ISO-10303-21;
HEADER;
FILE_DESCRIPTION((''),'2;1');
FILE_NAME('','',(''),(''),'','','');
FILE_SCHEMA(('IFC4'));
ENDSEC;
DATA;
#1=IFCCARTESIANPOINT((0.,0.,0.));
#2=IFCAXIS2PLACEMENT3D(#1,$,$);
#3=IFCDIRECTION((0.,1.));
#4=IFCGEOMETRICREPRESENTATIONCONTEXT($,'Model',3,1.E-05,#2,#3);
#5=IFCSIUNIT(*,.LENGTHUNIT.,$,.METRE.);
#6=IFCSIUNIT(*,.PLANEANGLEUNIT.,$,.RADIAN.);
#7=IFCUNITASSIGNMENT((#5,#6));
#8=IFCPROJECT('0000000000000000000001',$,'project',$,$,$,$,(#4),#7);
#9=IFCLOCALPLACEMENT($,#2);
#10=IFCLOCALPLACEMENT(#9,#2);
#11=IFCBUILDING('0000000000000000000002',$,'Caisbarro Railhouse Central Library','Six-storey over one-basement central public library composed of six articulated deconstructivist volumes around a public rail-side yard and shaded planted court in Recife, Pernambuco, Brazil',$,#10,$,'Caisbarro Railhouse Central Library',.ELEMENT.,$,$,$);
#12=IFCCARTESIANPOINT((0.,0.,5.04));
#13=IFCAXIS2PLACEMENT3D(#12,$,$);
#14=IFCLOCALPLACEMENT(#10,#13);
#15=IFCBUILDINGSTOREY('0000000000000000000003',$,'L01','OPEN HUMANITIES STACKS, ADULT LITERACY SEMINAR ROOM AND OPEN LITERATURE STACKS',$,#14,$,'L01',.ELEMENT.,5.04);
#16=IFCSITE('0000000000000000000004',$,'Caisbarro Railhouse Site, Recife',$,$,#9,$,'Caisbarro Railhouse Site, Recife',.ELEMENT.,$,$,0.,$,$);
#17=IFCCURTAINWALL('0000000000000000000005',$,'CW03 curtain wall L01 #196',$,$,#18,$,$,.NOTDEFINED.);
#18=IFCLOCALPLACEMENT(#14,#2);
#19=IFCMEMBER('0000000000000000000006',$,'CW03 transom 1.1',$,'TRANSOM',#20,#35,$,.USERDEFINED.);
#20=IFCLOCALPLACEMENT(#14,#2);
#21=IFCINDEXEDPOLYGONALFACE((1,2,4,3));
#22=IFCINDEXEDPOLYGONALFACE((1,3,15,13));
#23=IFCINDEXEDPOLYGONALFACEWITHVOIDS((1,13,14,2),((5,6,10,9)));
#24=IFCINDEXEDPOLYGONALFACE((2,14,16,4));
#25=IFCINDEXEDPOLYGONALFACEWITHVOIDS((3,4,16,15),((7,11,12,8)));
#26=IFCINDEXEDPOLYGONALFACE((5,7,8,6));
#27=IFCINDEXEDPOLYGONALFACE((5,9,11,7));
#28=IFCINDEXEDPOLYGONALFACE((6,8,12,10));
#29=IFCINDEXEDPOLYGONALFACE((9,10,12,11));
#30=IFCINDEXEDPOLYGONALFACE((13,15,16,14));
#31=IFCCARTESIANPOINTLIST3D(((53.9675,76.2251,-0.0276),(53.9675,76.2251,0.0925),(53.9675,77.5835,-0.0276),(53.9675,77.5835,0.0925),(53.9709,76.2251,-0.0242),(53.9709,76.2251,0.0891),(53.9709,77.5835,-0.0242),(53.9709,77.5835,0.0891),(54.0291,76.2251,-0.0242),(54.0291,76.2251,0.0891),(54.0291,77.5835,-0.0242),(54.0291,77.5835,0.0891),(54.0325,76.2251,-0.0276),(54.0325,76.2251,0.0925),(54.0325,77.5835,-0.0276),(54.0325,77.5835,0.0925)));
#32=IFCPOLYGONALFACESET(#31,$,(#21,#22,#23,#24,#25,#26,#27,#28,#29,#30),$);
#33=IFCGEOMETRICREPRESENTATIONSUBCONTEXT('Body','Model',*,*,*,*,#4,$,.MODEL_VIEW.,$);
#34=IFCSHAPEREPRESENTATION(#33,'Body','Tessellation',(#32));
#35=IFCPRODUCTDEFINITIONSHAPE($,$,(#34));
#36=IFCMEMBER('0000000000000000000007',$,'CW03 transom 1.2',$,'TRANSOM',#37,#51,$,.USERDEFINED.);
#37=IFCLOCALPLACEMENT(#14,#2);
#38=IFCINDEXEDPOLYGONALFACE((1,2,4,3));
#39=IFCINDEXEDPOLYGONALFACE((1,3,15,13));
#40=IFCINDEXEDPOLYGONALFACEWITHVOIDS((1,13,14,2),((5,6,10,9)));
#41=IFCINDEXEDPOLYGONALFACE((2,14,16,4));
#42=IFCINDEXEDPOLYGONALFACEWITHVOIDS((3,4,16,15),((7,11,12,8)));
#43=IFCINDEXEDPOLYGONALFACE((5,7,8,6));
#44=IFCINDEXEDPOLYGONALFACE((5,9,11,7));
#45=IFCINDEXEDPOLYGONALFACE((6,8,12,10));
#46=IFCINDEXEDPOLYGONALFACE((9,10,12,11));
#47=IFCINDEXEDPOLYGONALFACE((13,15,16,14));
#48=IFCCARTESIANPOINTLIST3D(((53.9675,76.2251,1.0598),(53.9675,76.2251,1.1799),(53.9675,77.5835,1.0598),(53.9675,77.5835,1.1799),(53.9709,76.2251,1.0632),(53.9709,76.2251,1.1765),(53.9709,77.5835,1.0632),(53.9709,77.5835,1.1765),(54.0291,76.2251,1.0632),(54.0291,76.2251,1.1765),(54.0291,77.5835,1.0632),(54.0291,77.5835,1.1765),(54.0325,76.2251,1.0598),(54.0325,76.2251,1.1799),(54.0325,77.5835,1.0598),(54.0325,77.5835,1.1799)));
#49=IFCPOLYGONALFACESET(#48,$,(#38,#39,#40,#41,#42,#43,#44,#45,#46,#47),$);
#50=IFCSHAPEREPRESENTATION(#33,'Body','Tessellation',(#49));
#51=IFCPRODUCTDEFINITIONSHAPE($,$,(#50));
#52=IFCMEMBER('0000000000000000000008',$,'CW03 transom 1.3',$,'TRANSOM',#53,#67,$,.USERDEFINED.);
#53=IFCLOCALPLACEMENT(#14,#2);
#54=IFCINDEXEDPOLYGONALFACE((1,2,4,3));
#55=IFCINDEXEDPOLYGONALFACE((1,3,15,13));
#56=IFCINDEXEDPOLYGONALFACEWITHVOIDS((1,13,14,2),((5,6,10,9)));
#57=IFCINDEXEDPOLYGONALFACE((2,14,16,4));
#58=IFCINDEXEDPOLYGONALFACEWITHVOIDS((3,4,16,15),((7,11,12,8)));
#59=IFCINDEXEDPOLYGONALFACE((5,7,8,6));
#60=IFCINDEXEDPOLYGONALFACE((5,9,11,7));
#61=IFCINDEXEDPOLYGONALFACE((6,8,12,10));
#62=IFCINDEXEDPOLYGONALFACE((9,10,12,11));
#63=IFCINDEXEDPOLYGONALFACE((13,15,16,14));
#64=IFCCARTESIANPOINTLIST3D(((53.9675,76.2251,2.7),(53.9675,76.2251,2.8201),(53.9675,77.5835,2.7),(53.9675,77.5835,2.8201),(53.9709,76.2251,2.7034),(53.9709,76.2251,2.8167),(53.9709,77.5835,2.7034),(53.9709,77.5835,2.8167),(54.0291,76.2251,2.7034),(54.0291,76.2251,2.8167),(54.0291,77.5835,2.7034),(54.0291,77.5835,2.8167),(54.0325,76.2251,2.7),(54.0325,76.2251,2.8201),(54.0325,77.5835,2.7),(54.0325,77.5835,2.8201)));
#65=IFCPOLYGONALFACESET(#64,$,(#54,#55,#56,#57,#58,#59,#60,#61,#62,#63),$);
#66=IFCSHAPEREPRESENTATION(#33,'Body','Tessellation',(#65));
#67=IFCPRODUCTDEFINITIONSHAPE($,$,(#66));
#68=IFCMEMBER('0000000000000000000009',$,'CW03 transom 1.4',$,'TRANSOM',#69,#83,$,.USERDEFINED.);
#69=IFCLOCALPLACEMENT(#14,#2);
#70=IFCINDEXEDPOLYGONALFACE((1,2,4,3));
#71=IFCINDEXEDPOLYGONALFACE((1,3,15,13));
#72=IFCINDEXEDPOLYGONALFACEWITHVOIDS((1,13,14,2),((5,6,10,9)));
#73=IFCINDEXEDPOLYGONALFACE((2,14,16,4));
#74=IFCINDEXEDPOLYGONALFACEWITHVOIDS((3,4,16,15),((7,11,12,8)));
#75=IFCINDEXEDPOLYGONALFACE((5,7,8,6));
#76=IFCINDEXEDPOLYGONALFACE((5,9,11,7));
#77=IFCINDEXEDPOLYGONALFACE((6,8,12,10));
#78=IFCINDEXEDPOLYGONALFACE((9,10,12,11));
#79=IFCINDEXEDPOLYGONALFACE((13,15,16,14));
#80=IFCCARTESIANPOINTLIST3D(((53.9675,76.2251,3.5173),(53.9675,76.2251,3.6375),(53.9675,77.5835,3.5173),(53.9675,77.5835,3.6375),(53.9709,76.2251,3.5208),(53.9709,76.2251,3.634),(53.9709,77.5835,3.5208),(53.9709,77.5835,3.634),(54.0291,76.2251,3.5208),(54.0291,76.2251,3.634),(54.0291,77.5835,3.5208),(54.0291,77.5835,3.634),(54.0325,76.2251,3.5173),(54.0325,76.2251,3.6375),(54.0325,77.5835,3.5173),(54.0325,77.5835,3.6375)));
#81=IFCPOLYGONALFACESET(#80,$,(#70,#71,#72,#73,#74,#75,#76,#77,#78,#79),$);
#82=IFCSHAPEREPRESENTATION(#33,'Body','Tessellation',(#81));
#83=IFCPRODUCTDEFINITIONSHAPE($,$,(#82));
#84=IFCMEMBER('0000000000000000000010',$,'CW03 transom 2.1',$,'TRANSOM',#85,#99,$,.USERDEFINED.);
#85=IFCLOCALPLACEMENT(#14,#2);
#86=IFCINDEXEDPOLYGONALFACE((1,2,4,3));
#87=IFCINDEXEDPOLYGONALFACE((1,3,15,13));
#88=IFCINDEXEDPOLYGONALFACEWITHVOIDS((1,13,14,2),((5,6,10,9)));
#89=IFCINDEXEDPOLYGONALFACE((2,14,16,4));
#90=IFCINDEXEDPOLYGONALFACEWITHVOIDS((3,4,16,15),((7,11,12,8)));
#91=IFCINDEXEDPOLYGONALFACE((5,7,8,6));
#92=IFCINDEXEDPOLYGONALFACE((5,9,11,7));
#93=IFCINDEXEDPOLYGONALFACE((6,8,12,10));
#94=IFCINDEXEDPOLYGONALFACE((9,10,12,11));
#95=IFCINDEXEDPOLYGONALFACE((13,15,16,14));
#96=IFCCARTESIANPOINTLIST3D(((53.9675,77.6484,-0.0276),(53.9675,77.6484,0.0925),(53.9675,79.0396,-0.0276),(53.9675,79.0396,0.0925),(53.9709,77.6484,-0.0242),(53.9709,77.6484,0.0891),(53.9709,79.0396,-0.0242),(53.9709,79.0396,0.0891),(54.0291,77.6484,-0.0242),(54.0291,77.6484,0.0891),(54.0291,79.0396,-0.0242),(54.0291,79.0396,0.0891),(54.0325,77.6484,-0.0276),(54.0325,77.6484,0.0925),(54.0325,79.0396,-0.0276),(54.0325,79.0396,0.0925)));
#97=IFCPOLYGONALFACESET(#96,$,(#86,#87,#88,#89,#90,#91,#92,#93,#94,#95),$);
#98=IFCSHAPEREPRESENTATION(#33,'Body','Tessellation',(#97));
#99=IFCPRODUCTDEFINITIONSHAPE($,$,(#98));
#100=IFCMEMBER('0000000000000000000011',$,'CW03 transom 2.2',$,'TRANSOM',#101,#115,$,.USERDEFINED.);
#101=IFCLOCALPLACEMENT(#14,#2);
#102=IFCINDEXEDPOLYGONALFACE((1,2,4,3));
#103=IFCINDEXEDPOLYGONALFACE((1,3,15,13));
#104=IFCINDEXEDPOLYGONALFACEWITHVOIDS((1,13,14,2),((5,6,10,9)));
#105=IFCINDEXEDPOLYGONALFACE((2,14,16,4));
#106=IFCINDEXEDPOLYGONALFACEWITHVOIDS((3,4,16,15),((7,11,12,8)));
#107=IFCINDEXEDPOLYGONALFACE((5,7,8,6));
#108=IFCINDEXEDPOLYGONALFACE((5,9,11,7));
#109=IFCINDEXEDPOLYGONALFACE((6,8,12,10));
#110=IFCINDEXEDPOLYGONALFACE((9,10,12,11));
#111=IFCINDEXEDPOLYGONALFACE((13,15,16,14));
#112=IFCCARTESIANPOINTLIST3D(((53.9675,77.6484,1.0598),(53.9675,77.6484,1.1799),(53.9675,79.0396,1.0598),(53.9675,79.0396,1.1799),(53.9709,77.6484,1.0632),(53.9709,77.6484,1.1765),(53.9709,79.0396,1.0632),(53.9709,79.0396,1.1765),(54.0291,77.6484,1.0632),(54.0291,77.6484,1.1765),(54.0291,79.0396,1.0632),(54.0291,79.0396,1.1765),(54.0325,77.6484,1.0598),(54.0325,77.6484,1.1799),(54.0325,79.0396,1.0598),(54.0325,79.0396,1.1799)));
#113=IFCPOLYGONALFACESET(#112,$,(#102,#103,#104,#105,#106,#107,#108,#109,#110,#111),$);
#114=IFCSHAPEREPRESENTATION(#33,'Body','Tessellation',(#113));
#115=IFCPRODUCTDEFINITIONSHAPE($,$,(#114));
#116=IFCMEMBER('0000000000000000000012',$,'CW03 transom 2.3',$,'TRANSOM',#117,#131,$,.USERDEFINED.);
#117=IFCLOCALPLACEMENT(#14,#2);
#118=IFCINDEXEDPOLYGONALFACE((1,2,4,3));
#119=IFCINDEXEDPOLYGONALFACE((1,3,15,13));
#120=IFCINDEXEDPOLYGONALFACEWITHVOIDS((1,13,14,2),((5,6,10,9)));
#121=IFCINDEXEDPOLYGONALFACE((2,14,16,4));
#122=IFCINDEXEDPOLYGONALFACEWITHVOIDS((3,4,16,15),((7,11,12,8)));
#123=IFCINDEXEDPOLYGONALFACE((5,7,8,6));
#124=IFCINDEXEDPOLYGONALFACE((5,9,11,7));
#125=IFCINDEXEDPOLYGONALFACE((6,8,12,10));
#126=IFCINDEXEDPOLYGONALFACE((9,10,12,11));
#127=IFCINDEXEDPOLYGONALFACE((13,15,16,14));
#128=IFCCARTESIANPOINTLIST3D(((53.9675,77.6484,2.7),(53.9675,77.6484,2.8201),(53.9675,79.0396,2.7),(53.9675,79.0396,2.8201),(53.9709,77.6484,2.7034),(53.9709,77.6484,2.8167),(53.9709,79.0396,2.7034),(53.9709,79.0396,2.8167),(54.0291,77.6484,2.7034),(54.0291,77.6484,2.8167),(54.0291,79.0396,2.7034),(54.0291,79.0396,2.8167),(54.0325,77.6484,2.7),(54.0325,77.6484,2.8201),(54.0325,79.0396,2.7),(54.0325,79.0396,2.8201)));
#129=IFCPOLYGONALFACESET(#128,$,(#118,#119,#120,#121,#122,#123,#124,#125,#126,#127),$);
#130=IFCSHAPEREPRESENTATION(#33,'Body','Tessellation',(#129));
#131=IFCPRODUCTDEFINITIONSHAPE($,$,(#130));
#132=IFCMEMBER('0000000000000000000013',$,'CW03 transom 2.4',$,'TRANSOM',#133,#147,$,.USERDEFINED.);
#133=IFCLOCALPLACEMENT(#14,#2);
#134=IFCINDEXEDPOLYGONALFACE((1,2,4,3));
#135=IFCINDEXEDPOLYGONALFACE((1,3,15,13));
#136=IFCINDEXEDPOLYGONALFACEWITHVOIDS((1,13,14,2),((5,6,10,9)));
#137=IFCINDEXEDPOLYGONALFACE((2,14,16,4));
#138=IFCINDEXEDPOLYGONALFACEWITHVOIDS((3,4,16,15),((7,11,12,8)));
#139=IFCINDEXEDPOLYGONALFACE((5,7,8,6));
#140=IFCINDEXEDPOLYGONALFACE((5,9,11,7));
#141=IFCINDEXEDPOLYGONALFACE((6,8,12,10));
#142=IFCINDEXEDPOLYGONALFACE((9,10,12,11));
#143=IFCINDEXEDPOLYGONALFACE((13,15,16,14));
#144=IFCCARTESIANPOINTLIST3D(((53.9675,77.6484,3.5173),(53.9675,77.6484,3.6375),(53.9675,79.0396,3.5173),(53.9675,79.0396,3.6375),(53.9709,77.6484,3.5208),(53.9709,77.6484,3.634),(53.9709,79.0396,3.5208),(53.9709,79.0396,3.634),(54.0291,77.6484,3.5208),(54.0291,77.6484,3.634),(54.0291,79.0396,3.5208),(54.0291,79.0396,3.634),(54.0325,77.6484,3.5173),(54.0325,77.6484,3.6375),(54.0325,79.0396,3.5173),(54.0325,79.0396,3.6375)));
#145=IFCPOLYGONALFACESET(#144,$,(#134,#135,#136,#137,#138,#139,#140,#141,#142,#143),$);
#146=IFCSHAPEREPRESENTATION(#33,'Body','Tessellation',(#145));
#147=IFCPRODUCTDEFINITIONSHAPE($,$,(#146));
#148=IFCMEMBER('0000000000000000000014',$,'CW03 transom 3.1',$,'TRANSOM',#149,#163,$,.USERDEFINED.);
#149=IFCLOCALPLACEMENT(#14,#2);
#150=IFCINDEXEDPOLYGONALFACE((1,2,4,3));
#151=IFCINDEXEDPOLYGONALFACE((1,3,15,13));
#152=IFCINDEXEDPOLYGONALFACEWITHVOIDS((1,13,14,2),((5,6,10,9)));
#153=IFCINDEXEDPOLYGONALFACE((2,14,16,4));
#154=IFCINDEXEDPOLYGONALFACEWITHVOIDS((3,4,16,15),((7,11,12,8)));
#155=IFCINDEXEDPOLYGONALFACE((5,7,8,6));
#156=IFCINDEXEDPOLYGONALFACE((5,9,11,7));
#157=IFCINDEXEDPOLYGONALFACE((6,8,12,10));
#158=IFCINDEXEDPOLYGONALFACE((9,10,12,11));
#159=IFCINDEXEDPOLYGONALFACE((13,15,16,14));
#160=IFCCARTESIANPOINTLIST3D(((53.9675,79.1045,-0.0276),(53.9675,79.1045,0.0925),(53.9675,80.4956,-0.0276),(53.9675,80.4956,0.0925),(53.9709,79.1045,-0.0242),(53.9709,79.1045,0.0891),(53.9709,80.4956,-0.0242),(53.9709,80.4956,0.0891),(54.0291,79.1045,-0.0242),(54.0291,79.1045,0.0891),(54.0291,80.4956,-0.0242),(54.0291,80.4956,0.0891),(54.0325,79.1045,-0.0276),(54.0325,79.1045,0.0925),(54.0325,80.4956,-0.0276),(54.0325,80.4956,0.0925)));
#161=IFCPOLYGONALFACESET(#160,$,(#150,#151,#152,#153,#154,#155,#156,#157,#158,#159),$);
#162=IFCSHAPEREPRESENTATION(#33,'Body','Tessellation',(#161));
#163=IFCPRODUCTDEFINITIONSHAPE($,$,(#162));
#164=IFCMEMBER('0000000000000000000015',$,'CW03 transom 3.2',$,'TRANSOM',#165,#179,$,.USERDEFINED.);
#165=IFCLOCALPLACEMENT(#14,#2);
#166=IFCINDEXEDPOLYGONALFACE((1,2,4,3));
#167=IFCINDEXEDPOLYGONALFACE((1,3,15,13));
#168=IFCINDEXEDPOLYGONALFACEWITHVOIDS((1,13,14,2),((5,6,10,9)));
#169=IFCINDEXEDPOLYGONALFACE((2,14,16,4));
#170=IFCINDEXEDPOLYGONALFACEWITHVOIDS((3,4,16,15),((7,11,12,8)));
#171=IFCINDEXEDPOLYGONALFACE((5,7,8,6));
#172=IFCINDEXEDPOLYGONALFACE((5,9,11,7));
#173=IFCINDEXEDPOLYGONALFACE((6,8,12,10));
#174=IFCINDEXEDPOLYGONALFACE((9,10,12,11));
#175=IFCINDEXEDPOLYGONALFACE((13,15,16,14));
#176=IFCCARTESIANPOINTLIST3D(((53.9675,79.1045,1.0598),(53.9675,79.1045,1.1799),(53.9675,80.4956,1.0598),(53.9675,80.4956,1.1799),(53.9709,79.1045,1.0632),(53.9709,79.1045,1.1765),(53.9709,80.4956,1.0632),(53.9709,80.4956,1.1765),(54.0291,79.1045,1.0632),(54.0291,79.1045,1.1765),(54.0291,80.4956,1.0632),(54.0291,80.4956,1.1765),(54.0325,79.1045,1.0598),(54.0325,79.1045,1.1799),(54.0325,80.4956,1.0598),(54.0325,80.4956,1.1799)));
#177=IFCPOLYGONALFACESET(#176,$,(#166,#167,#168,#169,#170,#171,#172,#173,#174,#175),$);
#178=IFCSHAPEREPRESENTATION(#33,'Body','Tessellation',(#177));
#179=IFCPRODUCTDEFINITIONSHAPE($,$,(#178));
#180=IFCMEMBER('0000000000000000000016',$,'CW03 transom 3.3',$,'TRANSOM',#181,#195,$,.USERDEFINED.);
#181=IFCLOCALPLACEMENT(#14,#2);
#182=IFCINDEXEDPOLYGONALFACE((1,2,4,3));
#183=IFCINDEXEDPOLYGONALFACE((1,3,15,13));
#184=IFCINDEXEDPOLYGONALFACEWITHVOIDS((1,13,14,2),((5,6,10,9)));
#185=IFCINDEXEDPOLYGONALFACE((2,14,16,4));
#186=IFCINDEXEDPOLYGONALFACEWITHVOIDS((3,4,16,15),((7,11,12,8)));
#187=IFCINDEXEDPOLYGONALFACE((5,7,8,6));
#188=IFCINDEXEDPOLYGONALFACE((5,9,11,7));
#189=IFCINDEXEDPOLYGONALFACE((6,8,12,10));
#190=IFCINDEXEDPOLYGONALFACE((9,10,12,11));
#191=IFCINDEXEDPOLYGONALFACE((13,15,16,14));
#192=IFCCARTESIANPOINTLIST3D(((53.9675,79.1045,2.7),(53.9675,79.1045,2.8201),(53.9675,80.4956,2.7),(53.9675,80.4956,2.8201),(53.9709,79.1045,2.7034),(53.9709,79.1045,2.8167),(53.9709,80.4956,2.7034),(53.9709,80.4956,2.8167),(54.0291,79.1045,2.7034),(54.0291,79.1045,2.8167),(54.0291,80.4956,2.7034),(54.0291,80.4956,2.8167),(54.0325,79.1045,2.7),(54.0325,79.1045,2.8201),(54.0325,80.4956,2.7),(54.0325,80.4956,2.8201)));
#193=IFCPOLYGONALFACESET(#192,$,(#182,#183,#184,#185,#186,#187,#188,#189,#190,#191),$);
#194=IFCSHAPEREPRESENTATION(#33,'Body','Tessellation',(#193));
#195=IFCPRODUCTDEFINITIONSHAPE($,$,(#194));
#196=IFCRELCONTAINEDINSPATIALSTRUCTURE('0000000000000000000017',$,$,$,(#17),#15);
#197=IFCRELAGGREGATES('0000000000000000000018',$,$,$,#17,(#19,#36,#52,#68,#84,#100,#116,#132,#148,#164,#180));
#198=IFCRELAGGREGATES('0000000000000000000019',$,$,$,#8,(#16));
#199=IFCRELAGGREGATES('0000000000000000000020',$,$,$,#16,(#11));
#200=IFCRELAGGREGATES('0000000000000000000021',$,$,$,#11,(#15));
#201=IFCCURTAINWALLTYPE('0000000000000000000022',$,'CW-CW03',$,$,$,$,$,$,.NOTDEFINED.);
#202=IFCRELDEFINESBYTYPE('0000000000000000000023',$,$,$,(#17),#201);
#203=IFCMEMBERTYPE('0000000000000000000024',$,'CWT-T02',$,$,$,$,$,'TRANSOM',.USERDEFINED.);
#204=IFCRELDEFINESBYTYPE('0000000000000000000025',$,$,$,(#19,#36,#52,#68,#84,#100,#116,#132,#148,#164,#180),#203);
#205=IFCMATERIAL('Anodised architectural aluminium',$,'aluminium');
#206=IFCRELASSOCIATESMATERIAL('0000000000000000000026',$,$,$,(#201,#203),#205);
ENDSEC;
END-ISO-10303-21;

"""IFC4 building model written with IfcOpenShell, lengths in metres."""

from ifc_helpers import new_model, si_unit, direction, frame, origin, origin_2d, place, context, subcontext, project, spatial, hollow_rectangle, extrude, material, material_profile, profile_set, type_object, element, aggregate, save


model = new_model("IFC4")

# Units and contexts
model_context = context("Model", 3, precision=1e-05, world=origin(), true_north=direction((0.0, 1.0)))
body_context = subcontext(model_context, "Body", "Model", "MODEL_VIEW")
ifc_project = project(units=[si_unit("LENGTHUNIT", "METRE"), si_unit("PLANEANGLEUNIT", "RADIAN")], contexts=[model_context])

# Site, building, storey
site_placement = place(None, origin())
site = spatial("IfcSite", under=ifc_project, at=site_placement, Name="Caisbarro Railhouse Site, Recife", LongName="Caisbarro Railhouse Site, Recife", CompositionType="ELEMENT", RefElevation=0.0)
building_placement = place(site_placement, origin())
building = spatial("IfcBuilding", under=site, at=building_placement, Name="Caisbarro Railhouse Central Library", Description="Six-storey over one-basement central public library composed of six articulated deconstructivist volumes around a public rail-side yard and shaded planted court in Recife, Pernambuco, Brazil", LongName="Caisbarro Railhouse Central Library", CompositionType="ELEMENT")
storey_placement = place(building_placement, frame((0.0, 0.0, 5.04)))
storey = spatial("IfcBuildingStorey", under=building, at=storey_placement, Name="L01", Description="OPEN HUMANITIES STACKS, ADULT LITERACY SEMINAR ROOM AND OPEN LITERATURE STACKS", LongName="L01", CompositionType="ELEMENT", Elevation=5.04)

# Shared definitions
ifc_material_1 = material(Name="Anodised architectural aluminium", Category="aluminium")
curtain_wall_type = type_object("IfcCurtainWallType", Name="CW-CW03", PredefinedType="NOTDEFINED", material=ifc_material_1)

# Curtain wall, members
curtain_wall_1_placement = place(storey_placement, origin())
curtain_wall_1 = element("IfcCurtainWall", 1, at=curtain_wall_1_placement, inside=storey, type_object=curtain_wall_type, Name="CW03 curtain wall L01 #196", PredefinedType="NOTDEFINED")
ifc_material_profile_1 = material_profile(ifc_material_1, hollow_rectangle(XDim=0.0649, YDim=0.1201, WallThickness=0.0034, at=origin_2d()), Name="ALU-TRN-65X120")
ifc_profile_set_1 = profile_set([ifc_material_profile_1], Name="Anodised architectural aluminium")
member_type_1 = type_object("IfcMemberType", Name="CWT-T02", ElementType="TRANSOM", PredefinedType="USERDEFINED", material=ifc_profile_set_1)
member_1_placement = place(storey_placement, frame((54.0, 76.2251, 0.0325), z_axis=(0.0, 1.0, 0.0), x_axis=(-1.0, 0.0, 0.0)))
member_1 = element("IfcMember", 2, at=member_1_placement, type_object=member_type_1, Name="CW03 transom 1.1", ObjectType="TRANSOM", PredefinedType="USERDEFINED", context=body_context, shape_type="SweptSolid", body=[
    extrude(hollow_rectangle(XDim=0.0649, YDim=0.1201, WallThickness=0.0034, at=origin_2d()), origin(), (0.0, 0.0, 1.0), 1.3584),
])
member_2_placement = place(storey_placement, frame((54.0, 76.2251, 1.1199), z_axis=(0.0, 1.0, 0.0), x_axis=(-1.0, 0.0, 0.0)))
member_2 = element("IfcMember", 3, at=member_2_placement, type_object=member_type_1, Name="CW03 transom 1.2", ObjectType="TRANSOM", PredefinedType="USERDEFINED", context=body_context, shape_type="SweptSolid", body=[
    extrude(hollow_rectangle(XDim=0.0649, YDim=0.1201, WallThickness=0.0034, at=origin_2d()), origin(), (0.0, 0.0, 1.0), 1.3584),
])
member_3_placement = place(storey_placement, frame((54.0, 76.2251, 2.76), z_axis=(0.0, 1.0, 0.0), x_axis=(-1.0, 0.0, 0.0)))
member_3 = element("IfcMember", 4, at=member_3_placement, type_object=member_type_1, Name="CW03 transom 1.3", ObjectType="TRANSOM", PredefinedType="USERDEFINED", context=body_context, shape_type="SweptSolid", body=[
    extrude(hollow_rectangle(XDim=0.0649, YDim=0.1201, WallThickness=0.0034, at=origin_2d()), origin(), (0.0, 0.0, 1.0), 1.3584),
])
member_4_placement = place(storey_placement, frame((54.0, 76.2251, 3.5774), z_axis=(0.0, 1.0, 0.0), x_axis=(-1.0, 0.0, 0.0)))
member_4 = element("IfcMember", 5, at=member_4_placement, type_object=member_type_1, Name="CW03 transom 1.4", ObjectType="TRANSOM", PredefinedType="USERDEFINED", context=body_context, shape_type="SweptSolid", body=[
    extrude(hollow_rectangle(XDim=0.0649, YDim=0.1201, WallThickness=0.0034, at=origin_2d()), origin(), (0.0, 0.0, 1.0), 1.3584),
])
member_5_placement = place(storey_placement, frame((54.0, 77.6484, 0.0325), z_axis=(0.0, 1.0, 0.0), x_axis=(-1.0, 0.0, 0.0)))
member_5 = element("IfcMember", 6, at=member_5_placement, type_object=member_type_1, Name="CW03 transom 2.1", ObjectType="TRANSOM", PredefinedType="USERDEFINED", context=body_context, shape_type="SweptSolid", body=[
    extrude(hollow_rectangle(XDim=0.0649, YDim=0.1201, WallThickness=0.0034, at=origin_2d()), origin(), (0.0, 0.0, 1.0), 1.3911),
])
member_6_placement = place(storey_placement, frame((54.0, 77.6484, 1.1199), z_axis=(0.0, 1.0, 0.0), x_axis=(-1.0, 0.0, 0.0)))
member_6 = element("IfcMember", 7, at=member_6_placement, type_object=member_type_1, Name="CW03 transom 2.2", ObjectType="TRANSOM", PredefinedType="USERDEFINED", context=body_context, shape_type="SweptSolid", body=[
    extrude(hollow_rectangle(XDim=0.0649, YDim=0.1201, WallThickness=0.0034, at=origin_2d()), origin(), (0.0, 0.0, 1.0), 1.3911),
])
member_7_placement = place(storey_placement, frame((54.0, 77.6484, 2.76), z_axis=(0.0, 1.0, 0.0), x_axis=(-1.0, 0.0, 0.0)))
member_7 = element("IfcMember", 8, at=member_7_placement, type_object=member_type_1, Name="CW03 transom 2.3", ObjectType="TRANSOM", PredefinedType="USERDEFINED", context=body_context, shape_type="SweptSolid", body=[
    extrude(hollow_rectangle(XDim=0.0649, YDim=0.1201, WallThickness=0.0034, at=origin_2d()), origin(), (0.0, 0.0, 1.0), 1.3911),
])
member_8_placement = place(storey_placement, frame((54.0, 77.6484, 3.5774), z_axis=(0.0, 1.0, 0.0), x_axis=(-1.0, 0.0, 0.0)))
member_8 = element("IfcMember", 9, at=member_8_placement, type_object=member_type_1, Name="CW03 transom 2.4", ObjectType="TRANSOM", PredefinedType="USERDEFINED", context=body_context, shape_type="SweptSolid", body=[
    extrude(hollow_rectangle(XDim=0.0649, YDim=0.1201, WallThickness=0.0034, at=origin_2d()), origin(), (0.0, 0.0, 1.0), 1.3911),
])
member_9_placement = place(storey_placement, frame((54.0, 79.1045, 0.0325), z_axis=(0.0, 1.0, 0.0), x_axis=(-1.0, 0.0, 0.0)))
member_9 = element("IfcMember", 10, at=member_9_placement, type_object=member_type_1, Name="CW03 transom 3.1", ObjectType="TRANSOM", PredefinedType="USERDEFINED", context=body_context, shape_type="SweptSolid", body=[
    extrude(hollow_rectangle(XDim=0.0649, YDim=0.1201, WallThickness=0.0034, at=origin_2d()), origin(), (0.0, 0.0, 1.0), 1.3911),
])
member_10_placement = place(storey_placement, frame((54.0, 79.1045, 1.1199), z_axis=(0.0, 1.0, 0.0), x_axis=(-1.0, 0.0, 0.0)))
member_10 = element("IfcMember", 11, at=member_10_placement, type_object=member_type_1, Name="CW03 transom 3.2", ObjectType="TRANSOM", PredefinedType="USERDEFINED", context=body_context, shape_type="SweptSolid", body=[
    extrude(hollow_rectangle(XDim=0.0649, YDim=0.1201, WallThickness=0.0034, at=origin_2d()), origin(), (0.0, 0.0, 1.0), 1.3911),
])
member_11_placement = place(storey_placement, frame((54.0, 79.1045, 2.76), z_axis=(0.0, 1.0, 0.0), x_axis=(-1.0, 0.0, 0.0)))
member_11 = element("IfcMember", 12, at=member_11_placement, type_object=member_type_1, Name="CW03 transom 3.3", ObjectType="TRANSOM", PredefinedType="USERDEFINED", context=body_context, shape_type="SweptSolid", body=[
    extrude(hollow_rectangle(XDim=0.0649, YDim=0.1201, WallThickness=0.0034, at=origin_2d()), origin(), (0.0, 0.0, 1.0), 1.3911),
])

aggregate(curtain_wall_1, [member_1, member_2, member_3, member_4, member_5, member_6, member_7, member_8, member_9, member_10, member_11])

save(model, "model.ifc")
